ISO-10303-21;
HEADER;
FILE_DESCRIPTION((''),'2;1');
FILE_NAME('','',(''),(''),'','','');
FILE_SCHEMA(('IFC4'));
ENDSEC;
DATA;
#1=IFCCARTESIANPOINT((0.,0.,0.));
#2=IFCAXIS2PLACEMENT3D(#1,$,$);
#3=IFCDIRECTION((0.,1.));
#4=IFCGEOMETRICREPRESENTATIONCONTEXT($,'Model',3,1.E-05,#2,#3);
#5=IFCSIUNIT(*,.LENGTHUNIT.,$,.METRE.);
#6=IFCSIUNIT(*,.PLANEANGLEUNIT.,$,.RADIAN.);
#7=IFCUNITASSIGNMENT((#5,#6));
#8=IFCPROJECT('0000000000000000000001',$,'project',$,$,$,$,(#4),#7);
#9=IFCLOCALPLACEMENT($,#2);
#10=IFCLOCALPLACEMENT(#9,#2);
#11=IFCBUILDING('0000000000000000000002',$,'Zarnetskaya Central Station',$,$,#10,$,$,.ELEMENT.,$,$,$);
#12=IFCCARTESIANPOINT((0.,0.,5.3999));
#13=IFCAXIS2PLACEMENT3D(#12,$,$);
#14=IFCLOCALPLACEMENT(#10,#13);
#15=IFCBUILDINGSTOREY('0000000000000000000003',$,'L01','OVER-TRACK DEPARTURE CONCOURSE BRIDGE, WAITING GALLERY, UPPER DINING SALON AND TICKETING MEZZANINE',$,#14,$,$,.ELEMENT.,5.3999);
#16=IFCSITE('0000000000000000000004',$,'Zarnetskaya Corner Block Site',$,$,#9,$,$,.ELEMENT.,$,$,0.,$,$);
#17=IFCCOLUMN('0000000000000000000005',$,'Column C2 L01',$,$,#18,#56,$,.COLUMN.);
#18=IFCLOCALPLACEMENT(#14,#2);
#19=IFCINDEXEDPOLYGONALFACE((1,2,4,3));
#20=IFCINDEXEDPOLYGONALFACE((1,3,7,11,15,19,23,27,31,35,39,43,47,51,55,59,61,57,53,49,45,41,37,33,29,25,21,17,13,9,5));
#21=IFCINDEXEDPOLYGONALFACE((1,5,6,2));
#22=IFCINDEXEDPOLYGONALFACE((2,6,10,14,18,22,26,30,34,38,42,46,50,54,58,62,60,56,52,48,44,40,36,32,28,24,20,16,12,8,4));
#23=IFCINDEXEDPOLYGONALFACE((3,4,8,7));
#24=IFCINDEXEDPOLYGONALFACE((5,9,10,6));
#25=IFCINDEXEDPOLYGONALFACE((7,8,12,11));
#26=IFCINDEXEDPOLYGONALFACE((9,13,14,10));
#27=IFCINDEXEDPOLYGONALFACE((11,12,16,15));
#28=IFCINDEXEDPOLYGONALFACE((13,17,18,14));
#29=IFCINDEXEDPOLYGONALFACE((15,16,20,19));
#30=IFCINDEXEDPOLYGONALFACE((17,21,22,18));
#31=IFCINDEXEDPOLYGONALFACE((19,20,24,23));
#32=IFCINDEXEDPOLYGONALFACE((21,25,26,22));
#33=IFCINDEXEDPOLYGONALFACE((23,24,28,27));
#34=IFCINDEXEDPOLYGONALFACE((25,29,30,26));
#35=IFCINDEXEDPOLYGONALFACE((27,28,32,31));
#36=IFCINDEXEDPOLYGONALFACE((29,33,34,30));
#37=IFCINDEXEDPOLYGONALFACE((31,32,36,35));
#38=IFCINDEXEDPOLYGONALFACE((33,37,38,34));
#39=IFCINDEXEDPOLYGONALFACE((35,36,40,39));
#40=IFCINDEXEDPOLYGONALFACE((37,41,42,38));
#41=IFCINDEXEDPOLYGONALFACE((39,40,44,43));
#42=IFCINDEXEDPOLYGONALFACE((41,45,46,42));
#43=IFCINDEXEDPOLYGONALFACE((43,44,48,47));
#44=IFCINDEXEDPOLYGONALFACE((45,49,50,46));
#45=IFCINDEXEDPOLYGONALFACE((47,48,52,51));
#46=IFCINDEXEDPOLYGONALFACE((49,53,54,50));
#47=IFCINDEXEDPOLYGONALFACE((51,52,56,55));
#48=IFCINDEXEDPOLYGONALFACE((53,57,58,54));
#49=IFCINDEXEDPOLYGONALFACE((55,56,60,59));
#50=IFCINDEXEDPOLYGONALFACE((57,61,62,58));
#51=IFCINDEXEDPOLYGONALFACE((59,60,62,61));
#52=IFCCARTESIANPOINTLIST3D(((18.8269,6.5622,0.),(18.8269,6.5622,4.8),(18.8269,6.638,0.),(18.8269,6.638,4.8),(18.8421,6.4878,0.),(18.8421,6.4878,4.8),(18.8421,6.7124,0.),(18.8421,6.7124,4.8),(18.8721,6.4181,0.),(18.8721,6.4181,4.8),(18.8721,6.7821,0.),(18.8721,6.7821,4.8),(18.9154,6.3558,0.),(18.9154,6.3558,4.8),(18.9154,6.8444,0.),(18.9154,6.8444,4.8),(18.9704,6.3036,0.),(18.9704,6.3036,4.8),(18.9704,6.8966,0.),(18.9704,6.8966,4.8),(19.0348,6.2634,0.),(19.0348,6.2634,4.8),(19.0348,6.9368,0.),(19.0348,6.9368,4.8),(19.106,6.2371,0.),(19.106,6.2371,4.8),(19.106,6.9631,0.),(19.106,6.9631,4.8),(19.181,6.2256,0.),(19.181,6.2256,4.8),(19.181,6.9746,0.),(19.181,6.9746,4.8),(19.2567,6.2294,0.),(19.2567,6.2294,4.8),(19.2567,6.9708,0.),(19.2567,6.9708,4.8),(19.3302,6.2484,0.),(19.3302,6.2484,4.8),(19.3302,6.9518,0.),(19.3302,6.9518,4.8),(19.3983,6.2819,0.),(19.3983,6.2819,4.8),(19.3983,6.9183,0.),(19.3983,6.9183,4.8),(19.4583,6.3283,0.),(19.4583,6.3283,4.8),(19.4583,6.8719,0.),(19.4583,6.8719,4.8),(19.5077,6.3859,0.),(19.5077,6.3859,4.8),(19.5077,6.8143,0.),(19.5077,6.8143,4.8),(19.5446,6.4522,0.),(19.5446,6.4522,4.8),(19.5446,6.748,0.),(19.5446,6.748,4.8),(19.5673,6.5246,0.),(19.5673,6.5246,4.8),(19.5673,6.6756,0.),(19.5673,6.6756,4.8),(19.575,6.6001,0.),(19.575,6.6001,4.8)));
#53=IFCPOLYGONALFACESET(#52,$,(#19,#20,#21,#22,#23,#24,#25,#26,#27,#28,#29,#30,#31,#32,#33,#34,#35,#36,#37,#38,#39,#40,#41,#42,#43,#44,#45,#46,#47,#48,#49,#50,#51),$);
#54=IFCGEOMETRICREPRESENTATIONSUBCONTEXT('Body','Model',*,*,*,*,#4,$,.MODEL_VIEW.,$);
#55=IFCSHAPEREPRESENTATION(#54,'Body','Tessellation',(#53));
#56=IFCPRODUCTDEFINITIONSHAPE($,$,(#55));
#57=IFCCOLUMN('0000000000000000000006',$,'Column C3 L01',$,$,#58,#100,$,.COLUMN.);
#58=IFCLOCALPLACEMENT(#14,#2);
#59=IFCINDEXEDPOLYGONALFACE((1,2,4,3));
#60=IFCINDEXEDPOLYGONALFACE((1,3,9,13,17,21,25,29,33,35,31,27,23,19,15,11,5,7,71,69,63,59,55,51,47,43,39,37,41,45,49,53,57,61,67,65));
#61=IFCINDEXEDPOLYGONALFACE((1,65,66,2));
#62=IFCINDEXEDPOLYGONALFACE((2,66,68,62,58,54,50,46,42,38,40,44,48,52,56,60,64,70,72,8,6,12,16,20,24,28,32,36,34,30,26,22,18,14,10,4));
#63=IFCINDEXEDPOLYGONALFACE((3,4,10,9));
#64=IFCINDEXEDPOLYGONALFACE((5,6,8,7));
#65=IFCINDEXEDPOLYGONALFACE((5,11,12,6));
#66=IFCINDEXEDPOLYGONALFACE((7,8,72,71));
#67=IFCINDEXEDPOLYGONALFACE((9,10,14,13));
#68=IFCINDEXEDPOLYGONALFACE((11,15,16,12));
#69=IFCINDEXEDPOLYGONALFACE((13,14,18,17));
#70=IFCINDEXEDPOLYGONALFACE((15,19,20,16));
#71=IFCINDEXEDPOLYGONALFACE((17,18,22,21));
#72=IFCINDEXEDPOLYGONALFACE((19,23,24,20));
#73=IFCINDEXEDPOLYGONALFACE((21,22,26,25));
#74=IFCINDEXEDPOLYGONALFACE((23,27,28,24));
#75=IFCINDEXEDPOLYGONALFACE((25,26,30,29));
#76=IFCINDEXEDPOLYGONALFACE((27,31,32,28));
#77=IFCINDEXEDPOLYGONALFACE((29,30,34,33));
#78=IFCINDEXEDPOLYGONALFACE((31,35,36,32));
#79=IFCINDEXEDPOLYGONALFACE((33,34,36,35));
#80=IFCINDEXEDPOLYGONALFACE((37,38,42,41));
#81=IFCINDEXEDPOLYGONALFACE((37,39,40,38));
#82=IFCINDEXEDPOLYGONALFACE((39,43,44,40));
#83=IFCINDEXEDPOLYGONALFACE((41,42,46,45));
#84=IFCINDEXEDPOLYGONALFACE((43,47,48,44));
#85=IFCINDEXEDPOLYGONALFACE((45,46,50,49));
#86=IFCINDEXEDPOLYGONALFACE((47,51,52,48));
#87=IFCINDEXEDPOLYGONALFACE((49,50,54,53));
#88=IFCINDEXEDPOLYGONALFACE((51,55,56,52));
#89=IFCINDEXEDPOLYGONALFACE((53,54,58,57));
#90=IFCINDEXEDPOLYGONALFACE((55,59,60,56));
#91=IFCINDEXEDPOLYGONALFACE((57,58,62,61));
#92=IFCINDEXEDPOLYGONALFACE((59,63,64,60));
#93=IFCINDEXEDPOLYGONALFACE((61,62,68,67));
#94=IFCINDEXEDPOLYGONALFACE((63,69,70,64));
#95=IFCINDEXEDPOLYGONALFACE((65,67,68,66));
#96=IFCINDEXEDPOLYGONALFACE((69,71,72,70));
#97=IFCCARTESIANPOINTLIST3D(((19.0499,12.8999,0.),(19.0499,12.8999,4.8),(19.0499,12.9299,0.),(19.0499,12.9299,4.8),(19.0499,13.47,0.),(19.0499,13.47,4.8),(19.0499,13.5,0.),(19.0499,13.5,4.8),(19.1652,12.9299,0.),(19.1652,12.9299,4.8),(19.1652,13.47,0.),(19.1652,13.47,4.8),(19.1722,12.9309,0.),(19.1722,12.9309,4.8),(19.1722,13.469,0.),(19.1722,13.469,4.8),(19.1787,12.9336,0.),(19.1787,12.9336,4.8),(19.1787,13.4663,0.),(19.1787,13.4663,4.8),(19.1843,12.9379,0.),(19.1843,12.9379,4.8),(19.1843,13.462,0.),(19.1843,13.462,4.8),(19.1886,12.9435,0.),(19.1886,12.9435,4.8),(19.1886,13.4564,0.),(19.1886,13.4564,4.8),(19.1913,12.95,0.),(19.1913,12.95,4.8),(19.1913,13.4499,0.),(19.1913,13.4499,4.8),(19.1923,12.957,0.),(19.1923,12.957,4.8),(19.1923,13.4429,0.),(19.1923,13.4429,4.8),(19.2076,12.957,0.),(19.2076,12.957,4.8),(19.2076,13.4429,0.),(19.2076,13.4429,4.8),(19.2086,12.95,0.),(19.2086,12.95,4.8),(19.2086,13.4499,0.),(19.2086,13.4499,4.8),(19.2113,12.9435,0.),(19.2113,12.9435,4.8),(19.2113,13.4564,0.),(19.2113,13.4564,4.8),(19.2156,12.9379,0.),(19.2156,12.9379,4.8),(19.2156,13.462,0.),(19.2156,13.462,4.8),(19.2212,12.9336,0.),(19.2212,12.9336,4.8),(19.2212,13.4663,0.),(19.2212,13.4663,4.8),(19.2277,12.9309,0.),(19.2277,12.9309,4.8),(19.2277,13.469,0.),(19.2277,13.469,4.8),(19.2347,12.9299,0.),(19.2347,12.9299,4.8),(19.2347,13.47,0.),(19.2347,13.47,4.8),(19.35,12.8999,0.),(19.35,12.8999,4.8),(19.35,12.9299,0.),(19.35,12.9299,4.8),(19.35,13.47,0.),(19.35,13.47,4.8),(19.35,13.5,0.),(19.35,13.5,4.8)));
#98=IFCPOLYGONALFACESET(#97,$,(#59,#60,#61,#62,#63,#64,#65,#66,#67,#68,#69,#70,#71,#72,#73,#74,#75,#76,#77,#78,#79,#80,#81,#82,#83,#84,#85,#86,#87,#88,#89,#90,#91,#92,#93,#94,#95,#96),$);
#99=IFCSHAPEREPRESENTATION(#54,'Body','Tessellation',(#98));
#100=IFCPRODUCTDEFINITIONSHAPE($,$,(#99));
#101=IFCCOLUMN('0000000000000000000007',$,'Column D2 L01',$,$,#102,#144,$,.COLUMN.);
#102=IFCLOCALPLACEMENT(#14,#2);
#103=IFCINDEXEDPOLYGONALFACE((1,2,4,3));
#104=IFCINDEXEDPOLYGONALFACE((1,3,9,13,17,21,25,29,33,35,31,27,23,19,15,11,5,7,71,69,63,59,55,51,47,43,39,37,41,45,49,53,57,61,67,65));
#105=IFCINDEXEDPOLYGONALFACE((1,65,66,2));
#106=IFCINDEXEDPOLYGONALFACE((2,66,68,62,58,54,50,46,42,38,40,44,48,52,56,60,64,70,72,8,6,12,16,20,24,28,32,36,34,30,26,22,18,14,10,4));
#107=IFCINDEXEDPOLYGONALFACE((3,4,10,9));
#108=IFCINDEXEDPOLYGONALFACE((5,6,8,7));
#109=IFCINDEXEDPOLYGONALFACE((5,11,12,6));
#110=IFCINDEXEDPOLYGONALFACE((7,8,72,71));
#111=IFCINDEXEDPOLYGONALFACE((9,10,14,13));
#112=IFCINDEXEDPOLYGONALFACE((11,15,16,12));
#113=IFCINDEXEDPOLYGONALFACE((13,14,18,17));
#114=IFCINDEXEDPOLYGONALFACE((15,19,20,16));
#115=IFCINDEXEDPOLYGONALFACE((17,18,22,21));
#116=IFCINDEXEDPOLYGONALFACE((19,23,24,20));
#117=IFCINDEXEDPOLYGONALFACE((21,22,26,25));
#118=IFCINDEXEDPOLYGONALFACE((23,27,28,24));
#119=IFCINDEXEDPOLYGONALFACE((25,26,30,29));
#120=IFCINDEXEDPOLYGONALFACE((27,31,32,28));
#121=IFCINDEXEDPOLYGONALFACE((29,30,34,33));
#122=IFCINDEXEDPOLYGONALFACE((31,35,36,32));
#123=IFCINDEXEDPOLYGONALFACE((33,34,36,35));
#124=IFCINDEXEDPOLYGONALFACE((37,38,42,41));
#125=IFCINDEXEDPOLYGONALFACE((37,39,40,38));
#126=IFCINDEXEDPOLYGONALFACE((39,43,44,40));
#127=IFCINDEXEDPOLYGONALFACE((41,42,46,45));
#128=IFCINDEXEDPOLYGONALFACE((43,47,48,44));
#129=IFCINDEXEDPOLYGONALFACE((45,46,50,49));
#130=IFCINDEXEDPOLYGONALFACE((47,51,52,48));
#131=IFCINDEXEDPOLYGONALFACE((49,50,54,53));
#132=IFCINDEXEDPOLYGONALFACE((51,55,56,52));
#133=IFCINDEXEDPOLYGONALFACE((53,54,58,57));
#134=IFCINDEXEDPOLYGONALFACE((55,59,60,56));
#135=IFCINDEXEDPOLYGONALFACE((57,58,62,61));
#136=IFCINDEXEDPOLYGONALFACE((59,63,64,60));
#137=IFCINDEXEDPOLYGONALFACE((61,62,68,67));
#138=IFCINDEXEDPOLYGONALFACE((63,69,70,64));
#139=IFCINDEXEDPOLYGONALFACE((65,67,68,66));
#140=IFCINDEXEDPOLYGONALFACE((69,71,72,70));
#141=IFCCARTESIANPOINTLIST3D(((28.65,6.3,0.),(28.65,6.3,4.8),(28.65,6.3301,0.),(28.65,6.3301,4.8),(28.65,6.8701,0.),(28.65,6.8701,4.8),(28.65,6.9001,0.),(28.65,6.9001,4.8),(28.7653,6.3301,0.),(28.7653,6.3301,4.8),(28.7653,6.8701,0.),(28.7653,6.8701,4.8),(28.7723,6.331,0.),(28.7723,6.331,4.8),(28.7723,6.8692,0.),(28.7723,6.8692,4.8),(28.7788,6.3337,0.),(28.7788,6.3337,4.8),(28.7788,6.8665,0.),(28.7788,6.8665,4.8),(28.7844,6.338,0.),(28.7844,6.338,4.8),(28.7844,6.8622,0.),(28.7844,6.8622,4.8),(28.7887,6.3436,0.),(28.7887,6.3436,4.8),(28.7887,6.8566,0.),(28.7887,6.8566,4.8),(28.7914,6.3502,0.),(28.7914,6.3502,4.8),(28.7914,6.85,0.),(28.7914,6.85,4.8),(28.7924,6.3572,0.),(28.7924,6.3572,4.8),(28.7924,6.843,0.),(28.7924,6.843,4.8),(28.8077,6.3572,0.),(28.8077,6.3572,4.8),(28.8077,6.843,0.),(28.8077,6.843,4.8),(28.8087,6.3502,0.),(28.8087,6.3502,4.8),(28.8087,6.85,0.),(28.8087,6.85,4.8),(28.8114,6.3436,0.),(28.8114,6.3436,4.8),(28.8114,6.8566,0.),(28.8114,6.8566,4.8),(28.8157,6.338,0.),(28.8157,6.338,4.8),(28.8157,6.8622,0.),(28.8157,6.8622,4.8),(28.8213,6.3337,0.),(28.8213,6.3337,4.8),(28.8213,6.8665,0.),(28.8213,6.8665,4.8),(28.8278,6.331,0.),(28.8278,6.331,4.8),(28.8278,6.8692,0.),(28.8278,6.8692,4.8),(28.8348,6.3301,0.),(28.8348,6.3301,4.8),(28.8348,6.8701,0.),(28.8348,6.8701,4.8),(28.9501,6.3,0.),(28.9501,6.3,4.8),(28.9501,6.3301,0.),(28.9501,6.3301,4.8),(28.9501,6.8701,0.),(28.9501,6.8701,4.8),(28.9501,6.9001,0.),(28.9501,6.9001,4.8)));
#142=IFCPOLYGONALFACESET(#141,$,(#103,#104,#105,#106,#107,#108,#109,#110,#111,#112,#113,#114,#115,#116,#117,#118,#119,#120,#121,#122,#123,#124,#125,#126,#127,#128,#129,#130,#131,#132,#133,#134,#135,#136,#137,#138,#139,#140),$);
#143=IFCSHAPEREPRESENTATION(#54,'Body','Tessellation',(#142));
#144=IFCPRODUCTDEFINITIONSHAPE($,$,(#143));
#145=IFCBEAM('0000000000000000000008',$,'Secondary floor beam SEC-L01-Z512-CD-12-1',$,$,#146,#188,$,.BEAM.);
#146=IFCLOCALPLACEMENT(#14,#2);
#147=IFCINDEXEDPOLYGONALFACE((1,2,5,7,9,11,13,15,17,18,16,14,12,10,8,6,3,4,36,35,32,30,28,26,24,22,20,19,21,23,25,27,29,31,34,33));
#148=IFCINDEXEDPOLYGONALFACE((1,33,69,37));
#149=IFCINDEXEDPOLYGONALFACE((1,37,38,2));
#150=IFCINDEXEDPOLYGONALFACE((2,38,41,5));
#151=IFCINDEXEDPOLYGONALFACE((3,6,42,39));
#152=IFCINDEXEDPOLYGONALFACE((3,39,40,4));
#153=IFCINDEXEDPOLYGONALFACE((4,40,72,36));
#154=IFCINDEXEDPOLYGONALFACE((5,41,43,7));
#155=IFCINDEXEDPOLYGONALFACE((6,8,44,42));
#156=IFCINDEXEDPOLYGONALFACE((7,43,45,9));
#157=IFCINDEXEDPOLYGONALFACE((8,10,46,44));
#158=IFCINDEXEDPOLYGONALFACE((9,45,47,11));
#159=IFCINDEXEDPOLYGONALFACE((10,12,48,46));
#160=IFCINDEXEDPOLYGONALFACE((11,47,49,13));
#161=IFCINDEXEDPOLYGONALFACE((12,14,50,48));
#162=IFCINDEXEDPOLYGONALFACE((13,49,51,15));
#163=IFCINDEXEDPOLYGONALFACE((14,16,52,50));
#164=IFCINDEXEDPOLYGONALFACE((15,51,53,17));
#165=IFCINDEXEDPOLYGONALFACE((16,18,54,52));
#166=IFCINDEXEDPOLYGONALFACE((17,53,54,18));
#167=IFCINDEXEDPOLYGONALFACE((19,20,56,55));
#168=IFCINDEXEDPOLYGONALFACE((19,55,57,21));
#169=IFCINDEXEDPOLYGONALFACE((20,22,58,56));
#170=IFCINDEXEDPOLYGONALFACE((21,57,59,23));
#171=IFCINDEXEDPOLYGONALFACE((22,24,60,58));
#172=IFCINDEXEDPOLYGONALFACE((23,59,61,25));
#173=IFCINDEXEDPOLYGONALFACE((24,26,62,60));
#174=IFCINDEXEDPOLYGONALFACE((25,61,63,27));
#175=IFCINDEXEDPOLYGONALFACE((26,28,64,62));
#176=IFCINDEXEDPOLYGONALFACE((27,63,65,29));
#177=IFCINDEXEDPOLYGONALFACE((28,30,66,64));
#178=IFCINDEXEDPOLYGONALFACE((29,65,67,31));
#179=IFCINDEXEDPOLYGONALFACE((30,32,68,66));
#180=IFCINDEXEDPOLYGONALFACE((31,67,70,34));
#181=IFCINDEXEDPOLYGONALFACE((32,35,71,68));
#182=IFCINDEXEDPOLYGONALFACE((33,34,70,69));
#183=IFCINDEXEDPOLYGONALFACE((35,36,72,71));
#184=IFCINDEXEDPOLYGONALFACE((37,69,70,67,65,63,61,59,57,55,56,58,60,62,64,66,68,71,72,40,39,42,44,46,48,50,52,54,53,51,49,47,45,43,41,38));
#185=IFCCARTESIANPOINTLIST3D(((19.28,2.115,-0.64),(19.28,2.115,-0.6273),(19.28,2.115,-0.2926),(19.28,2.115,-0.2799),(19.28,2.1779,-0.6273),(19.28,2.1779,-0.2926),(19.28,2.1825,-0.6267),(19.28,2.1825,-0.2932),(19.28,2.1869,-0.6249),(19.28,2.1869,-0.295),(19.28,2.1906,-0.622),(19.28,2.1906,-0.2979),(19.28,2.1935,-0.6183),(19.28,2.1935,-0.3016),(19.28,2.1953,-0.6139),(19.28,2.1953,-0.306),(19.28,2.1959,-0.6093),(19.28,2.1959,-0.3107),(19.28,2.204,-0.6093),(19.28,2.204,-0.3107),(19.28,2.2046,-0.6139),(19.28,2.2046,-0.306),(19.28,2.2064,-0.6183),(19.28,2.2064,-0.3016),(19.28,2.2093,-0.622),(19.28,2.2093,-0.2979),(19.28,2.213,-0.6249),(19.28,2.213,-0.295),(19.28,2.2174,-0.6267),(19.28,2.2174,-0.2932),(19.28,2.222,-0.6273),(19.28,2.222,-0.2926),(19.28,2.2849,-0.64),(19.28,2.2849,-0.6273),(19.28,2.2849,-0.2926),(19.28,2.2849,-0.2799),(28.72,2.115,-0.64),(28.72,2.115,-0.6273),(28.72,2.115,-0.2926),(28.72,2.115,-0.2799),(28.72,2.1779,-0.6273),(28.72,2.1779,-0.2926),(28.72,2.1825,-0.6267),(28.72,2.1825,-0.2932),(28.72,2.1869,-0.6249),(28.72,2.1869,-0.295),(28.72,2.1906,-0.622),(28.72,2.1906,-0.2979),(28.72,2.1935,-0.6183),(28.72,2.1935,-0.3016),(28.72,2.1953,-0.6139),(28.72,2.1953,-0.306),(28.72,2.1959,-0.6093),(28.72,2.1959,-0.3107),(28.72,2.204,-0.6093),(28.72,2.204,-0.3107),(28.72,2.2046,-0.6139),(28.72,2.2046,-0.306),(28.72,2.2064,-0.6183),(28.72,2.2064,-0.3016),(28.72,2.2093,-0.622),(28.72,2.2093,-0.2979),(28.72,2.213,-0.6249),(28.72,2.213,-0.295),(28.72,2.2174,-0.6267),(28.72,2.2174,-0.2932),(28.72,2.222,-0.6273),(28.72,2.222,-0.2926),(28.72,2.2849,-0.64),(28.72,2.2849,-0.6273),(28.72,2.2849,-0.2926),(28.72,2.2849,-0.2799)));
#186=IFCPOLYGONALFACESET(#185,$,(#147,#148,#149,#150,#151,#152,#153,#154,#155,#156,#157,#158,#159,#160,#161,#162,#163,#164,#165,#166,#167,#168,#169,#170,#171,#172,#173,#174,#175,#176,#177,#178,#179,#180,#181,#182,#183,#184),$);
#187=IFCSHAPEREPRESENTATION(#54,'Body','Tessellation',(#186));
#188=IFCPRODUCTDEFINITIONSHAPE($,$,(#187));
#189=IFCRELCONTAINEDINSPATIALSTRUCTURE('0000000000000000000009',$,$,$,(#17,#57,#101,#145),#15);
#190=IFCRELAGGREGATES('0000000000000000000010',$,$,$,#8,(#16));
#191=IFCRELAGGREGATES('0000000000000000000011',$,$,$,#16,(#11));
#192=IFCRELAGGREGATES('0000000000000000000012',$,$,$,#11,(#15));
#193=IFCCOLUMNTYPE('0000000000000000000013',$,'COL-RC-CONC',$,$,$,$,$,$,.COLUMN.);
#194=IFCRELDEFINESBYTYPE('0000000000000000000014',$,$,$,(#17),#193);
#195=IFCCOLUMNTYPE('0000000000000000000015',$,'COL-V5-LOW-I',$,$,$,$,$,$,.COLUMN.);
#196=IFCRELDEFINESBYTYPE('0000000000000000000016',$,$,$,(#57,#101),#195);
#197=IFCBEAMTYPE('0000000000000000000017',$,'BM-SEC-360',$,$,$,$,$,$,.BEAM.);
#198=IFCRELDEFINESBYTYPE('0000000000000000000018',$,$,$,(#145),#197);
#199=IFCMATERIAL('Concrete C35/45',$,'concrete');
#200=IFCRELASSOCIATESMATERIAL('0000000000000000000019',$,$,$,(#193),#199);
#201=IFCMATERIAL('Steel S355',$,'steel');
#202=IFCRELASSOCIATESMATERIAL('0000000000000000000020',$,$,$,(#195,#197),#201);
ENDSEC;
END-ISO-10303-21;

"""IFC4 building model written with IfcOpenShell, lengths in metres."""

from ifc_helpers import new_model, si_unit, direction, frame, origin, origin_2d, place, context, subcontext, project, spatial, circle, i_section, extrude, material, material_profile, profile_set, type_object, element, save


model = new_model("IFC4")

# Units and contexts
model_context = context("Model", 3, precision=1e-05, world=origin(), true_north=direction((0.0, 1.0)))
body_context = subcontext(model_context, "Body", "Model", "MODEL_VIEW")
ifc_project = project(units=[si_unit("LENGTHUNIT", "METRE"), si_unit("PLANEANGLEUNIT", "RADIAN")], contexts=[model_context])

# Site, building, storey
site_placement = place(None, origin())
site = spatial("IfcSite", under=ifc_project, at=site_placement, Name="Zarnetskaya Corner Block Site", CompositionType="ELEMENT", RefElevation=0.0)
building_placement = place(site_placement, origin())
building = spatial("IfcBuilding", under=site, at=building_placement, Name="Zarnetskaya Central Station", CompositionType="ELEMENT")
storey_placement = place(building_placement, frame((0.0, 0.0, 5.3999)))
storey = spatial("IfcBuildingStorey", under=building, at=storey_placement, Name="L01", Description="OVER-TRACK DEPARTURE CONCOURSE BRIDGE, WAITING GALLERY, UPPER DINING SALON AND TICKETING MEZZANINE", CompositionType="ELEMENT", Elevation=5.3999)

# Columns
ifc_material_1 = material(Name="Concrete C35/45", Category="concrete")
ifc_material_profile_1 = material_profile(ifc_material_1, circle(Radius=0.375, at=origin_2d()), Name="RC COL D750")
ifc_profile_set_1 = profile_set([ifc_material_profile_1], Name="Concrete C35/45")
column_type_1 = type_object("IfcColumnType", Name="COL-RC-CONC", PredefinedType="COLUMN", material=ifc_profile_set_1)
column_placement = place(storey_placement, frame((19.2, 6.6001, 0.0), z_axis=(0.0, 0.0, 1.0), x_axis=(1.0, 0.0, 0.0)))
element("IfcColumn", 1, at=column_placement, inside=storey, type_object=column_type_1, Name="Column C2 L01", PredefinedType="COLUMN", context=body_context, shape_type="SweptSolid", body=[
    extrude(circle(Radius=0.375, at=origin_2d()), origin(), (0.0, 0.0, 1.0), 4.8),
])
ifc_material_2 = material(Name="Steel S355", Category="steel")
ifc_material_profile_2 = material_profile(ifc_material_2, i_section(OverallWidth=0.3, OverallDepth=0.6001, WebThickness=0.0154, FlangeThickness=0.03, FilletRadius=0.0271, at=origin_2d()), Name="HEB 600")
ifc_profile_set_2 = profile_set([ifc_material_profile_2], Name="Steel S355")
column_type_2 = type_object("IfcColumnType", Name="COL-V5-LOW-I", PredefinedType="COLUMN", material=ifc_profile_set_2)
for number, where, z_axis, x_axis, name in (
    (2, (19.2, 13.2, 0.0), (0.0, 0.0, 1.0), (1.0, 0.0, 0.0), "Column C3 L01"),
    (3, (28.8, 6.6001, 0.0), (0.0, 0.0, 1.0), (1.0, 0.0, 0.0), "Column D2 L01"),
):
    element("IfcColumn", number, at=place(storey_placement, frame(where, z_axis=z_axis, x_axis=x_axis)), inside=storey, type_object=column_type_2, Name=name, PredefinedType="COLUMN", context=body_context, shape_type="SweptSolid", body=[
        extrude(i_section(OverallWidth=0.3, OverallDepth=0.6001, WebThickness=0.0154, FlangeThickness=0.03, FilletRadius=0.0271, at=origin_2d()), origin(), (0.0, 0.0, 1.0), 4.8),
    ])

# Beam
ifc_material_profile_3 = material_profile(ifc_material_2, i_section(OverallWidth=0.1699, OverallDepth=0.3601, WebThickness=0.0081, FlangeThickness=0.0127, FilletRadius=0.0181, at=origin_2d()), Name="IPE 360")
ifc_profile_set_3 = profile_set([ifc_material_profile_3], Name="Steel S355")
beam_type_1 = type_object("IfcBeamType", Name="BM-SEC-360", PredefinedType="BEAM", material=ifc_profile_set_3)
for number, where, z_axis, x_axis, name in (
    (4, (19.28, 2.2, -0.46), (1.0, 0.0, 0.0), (0.0, 1.0, 0.0), "Secondary floor beam SEC-L01-Z512-CD-12-1"),
):
    element("IfcBeam", number, at=place(storey_placement, frame(where, z_axis=z_axis, x_axis=x_axis)), inside=storey, type_object=beam_type_1, Name=name, PredefinedType="BEAM", context=body_context, shape_type="SweptSolid", body=[
        extrude(i_section(OverallWidth=0.1699, OverallDepth=0.3601, WebThickness=0.0081, FlangeThickness=0.0127, FilletRadius=0.0181, at=origin_2d()), origin(), (0.0, 0.0, 1.0), 9.4399),
    ])

save(model, "model.ifc")
